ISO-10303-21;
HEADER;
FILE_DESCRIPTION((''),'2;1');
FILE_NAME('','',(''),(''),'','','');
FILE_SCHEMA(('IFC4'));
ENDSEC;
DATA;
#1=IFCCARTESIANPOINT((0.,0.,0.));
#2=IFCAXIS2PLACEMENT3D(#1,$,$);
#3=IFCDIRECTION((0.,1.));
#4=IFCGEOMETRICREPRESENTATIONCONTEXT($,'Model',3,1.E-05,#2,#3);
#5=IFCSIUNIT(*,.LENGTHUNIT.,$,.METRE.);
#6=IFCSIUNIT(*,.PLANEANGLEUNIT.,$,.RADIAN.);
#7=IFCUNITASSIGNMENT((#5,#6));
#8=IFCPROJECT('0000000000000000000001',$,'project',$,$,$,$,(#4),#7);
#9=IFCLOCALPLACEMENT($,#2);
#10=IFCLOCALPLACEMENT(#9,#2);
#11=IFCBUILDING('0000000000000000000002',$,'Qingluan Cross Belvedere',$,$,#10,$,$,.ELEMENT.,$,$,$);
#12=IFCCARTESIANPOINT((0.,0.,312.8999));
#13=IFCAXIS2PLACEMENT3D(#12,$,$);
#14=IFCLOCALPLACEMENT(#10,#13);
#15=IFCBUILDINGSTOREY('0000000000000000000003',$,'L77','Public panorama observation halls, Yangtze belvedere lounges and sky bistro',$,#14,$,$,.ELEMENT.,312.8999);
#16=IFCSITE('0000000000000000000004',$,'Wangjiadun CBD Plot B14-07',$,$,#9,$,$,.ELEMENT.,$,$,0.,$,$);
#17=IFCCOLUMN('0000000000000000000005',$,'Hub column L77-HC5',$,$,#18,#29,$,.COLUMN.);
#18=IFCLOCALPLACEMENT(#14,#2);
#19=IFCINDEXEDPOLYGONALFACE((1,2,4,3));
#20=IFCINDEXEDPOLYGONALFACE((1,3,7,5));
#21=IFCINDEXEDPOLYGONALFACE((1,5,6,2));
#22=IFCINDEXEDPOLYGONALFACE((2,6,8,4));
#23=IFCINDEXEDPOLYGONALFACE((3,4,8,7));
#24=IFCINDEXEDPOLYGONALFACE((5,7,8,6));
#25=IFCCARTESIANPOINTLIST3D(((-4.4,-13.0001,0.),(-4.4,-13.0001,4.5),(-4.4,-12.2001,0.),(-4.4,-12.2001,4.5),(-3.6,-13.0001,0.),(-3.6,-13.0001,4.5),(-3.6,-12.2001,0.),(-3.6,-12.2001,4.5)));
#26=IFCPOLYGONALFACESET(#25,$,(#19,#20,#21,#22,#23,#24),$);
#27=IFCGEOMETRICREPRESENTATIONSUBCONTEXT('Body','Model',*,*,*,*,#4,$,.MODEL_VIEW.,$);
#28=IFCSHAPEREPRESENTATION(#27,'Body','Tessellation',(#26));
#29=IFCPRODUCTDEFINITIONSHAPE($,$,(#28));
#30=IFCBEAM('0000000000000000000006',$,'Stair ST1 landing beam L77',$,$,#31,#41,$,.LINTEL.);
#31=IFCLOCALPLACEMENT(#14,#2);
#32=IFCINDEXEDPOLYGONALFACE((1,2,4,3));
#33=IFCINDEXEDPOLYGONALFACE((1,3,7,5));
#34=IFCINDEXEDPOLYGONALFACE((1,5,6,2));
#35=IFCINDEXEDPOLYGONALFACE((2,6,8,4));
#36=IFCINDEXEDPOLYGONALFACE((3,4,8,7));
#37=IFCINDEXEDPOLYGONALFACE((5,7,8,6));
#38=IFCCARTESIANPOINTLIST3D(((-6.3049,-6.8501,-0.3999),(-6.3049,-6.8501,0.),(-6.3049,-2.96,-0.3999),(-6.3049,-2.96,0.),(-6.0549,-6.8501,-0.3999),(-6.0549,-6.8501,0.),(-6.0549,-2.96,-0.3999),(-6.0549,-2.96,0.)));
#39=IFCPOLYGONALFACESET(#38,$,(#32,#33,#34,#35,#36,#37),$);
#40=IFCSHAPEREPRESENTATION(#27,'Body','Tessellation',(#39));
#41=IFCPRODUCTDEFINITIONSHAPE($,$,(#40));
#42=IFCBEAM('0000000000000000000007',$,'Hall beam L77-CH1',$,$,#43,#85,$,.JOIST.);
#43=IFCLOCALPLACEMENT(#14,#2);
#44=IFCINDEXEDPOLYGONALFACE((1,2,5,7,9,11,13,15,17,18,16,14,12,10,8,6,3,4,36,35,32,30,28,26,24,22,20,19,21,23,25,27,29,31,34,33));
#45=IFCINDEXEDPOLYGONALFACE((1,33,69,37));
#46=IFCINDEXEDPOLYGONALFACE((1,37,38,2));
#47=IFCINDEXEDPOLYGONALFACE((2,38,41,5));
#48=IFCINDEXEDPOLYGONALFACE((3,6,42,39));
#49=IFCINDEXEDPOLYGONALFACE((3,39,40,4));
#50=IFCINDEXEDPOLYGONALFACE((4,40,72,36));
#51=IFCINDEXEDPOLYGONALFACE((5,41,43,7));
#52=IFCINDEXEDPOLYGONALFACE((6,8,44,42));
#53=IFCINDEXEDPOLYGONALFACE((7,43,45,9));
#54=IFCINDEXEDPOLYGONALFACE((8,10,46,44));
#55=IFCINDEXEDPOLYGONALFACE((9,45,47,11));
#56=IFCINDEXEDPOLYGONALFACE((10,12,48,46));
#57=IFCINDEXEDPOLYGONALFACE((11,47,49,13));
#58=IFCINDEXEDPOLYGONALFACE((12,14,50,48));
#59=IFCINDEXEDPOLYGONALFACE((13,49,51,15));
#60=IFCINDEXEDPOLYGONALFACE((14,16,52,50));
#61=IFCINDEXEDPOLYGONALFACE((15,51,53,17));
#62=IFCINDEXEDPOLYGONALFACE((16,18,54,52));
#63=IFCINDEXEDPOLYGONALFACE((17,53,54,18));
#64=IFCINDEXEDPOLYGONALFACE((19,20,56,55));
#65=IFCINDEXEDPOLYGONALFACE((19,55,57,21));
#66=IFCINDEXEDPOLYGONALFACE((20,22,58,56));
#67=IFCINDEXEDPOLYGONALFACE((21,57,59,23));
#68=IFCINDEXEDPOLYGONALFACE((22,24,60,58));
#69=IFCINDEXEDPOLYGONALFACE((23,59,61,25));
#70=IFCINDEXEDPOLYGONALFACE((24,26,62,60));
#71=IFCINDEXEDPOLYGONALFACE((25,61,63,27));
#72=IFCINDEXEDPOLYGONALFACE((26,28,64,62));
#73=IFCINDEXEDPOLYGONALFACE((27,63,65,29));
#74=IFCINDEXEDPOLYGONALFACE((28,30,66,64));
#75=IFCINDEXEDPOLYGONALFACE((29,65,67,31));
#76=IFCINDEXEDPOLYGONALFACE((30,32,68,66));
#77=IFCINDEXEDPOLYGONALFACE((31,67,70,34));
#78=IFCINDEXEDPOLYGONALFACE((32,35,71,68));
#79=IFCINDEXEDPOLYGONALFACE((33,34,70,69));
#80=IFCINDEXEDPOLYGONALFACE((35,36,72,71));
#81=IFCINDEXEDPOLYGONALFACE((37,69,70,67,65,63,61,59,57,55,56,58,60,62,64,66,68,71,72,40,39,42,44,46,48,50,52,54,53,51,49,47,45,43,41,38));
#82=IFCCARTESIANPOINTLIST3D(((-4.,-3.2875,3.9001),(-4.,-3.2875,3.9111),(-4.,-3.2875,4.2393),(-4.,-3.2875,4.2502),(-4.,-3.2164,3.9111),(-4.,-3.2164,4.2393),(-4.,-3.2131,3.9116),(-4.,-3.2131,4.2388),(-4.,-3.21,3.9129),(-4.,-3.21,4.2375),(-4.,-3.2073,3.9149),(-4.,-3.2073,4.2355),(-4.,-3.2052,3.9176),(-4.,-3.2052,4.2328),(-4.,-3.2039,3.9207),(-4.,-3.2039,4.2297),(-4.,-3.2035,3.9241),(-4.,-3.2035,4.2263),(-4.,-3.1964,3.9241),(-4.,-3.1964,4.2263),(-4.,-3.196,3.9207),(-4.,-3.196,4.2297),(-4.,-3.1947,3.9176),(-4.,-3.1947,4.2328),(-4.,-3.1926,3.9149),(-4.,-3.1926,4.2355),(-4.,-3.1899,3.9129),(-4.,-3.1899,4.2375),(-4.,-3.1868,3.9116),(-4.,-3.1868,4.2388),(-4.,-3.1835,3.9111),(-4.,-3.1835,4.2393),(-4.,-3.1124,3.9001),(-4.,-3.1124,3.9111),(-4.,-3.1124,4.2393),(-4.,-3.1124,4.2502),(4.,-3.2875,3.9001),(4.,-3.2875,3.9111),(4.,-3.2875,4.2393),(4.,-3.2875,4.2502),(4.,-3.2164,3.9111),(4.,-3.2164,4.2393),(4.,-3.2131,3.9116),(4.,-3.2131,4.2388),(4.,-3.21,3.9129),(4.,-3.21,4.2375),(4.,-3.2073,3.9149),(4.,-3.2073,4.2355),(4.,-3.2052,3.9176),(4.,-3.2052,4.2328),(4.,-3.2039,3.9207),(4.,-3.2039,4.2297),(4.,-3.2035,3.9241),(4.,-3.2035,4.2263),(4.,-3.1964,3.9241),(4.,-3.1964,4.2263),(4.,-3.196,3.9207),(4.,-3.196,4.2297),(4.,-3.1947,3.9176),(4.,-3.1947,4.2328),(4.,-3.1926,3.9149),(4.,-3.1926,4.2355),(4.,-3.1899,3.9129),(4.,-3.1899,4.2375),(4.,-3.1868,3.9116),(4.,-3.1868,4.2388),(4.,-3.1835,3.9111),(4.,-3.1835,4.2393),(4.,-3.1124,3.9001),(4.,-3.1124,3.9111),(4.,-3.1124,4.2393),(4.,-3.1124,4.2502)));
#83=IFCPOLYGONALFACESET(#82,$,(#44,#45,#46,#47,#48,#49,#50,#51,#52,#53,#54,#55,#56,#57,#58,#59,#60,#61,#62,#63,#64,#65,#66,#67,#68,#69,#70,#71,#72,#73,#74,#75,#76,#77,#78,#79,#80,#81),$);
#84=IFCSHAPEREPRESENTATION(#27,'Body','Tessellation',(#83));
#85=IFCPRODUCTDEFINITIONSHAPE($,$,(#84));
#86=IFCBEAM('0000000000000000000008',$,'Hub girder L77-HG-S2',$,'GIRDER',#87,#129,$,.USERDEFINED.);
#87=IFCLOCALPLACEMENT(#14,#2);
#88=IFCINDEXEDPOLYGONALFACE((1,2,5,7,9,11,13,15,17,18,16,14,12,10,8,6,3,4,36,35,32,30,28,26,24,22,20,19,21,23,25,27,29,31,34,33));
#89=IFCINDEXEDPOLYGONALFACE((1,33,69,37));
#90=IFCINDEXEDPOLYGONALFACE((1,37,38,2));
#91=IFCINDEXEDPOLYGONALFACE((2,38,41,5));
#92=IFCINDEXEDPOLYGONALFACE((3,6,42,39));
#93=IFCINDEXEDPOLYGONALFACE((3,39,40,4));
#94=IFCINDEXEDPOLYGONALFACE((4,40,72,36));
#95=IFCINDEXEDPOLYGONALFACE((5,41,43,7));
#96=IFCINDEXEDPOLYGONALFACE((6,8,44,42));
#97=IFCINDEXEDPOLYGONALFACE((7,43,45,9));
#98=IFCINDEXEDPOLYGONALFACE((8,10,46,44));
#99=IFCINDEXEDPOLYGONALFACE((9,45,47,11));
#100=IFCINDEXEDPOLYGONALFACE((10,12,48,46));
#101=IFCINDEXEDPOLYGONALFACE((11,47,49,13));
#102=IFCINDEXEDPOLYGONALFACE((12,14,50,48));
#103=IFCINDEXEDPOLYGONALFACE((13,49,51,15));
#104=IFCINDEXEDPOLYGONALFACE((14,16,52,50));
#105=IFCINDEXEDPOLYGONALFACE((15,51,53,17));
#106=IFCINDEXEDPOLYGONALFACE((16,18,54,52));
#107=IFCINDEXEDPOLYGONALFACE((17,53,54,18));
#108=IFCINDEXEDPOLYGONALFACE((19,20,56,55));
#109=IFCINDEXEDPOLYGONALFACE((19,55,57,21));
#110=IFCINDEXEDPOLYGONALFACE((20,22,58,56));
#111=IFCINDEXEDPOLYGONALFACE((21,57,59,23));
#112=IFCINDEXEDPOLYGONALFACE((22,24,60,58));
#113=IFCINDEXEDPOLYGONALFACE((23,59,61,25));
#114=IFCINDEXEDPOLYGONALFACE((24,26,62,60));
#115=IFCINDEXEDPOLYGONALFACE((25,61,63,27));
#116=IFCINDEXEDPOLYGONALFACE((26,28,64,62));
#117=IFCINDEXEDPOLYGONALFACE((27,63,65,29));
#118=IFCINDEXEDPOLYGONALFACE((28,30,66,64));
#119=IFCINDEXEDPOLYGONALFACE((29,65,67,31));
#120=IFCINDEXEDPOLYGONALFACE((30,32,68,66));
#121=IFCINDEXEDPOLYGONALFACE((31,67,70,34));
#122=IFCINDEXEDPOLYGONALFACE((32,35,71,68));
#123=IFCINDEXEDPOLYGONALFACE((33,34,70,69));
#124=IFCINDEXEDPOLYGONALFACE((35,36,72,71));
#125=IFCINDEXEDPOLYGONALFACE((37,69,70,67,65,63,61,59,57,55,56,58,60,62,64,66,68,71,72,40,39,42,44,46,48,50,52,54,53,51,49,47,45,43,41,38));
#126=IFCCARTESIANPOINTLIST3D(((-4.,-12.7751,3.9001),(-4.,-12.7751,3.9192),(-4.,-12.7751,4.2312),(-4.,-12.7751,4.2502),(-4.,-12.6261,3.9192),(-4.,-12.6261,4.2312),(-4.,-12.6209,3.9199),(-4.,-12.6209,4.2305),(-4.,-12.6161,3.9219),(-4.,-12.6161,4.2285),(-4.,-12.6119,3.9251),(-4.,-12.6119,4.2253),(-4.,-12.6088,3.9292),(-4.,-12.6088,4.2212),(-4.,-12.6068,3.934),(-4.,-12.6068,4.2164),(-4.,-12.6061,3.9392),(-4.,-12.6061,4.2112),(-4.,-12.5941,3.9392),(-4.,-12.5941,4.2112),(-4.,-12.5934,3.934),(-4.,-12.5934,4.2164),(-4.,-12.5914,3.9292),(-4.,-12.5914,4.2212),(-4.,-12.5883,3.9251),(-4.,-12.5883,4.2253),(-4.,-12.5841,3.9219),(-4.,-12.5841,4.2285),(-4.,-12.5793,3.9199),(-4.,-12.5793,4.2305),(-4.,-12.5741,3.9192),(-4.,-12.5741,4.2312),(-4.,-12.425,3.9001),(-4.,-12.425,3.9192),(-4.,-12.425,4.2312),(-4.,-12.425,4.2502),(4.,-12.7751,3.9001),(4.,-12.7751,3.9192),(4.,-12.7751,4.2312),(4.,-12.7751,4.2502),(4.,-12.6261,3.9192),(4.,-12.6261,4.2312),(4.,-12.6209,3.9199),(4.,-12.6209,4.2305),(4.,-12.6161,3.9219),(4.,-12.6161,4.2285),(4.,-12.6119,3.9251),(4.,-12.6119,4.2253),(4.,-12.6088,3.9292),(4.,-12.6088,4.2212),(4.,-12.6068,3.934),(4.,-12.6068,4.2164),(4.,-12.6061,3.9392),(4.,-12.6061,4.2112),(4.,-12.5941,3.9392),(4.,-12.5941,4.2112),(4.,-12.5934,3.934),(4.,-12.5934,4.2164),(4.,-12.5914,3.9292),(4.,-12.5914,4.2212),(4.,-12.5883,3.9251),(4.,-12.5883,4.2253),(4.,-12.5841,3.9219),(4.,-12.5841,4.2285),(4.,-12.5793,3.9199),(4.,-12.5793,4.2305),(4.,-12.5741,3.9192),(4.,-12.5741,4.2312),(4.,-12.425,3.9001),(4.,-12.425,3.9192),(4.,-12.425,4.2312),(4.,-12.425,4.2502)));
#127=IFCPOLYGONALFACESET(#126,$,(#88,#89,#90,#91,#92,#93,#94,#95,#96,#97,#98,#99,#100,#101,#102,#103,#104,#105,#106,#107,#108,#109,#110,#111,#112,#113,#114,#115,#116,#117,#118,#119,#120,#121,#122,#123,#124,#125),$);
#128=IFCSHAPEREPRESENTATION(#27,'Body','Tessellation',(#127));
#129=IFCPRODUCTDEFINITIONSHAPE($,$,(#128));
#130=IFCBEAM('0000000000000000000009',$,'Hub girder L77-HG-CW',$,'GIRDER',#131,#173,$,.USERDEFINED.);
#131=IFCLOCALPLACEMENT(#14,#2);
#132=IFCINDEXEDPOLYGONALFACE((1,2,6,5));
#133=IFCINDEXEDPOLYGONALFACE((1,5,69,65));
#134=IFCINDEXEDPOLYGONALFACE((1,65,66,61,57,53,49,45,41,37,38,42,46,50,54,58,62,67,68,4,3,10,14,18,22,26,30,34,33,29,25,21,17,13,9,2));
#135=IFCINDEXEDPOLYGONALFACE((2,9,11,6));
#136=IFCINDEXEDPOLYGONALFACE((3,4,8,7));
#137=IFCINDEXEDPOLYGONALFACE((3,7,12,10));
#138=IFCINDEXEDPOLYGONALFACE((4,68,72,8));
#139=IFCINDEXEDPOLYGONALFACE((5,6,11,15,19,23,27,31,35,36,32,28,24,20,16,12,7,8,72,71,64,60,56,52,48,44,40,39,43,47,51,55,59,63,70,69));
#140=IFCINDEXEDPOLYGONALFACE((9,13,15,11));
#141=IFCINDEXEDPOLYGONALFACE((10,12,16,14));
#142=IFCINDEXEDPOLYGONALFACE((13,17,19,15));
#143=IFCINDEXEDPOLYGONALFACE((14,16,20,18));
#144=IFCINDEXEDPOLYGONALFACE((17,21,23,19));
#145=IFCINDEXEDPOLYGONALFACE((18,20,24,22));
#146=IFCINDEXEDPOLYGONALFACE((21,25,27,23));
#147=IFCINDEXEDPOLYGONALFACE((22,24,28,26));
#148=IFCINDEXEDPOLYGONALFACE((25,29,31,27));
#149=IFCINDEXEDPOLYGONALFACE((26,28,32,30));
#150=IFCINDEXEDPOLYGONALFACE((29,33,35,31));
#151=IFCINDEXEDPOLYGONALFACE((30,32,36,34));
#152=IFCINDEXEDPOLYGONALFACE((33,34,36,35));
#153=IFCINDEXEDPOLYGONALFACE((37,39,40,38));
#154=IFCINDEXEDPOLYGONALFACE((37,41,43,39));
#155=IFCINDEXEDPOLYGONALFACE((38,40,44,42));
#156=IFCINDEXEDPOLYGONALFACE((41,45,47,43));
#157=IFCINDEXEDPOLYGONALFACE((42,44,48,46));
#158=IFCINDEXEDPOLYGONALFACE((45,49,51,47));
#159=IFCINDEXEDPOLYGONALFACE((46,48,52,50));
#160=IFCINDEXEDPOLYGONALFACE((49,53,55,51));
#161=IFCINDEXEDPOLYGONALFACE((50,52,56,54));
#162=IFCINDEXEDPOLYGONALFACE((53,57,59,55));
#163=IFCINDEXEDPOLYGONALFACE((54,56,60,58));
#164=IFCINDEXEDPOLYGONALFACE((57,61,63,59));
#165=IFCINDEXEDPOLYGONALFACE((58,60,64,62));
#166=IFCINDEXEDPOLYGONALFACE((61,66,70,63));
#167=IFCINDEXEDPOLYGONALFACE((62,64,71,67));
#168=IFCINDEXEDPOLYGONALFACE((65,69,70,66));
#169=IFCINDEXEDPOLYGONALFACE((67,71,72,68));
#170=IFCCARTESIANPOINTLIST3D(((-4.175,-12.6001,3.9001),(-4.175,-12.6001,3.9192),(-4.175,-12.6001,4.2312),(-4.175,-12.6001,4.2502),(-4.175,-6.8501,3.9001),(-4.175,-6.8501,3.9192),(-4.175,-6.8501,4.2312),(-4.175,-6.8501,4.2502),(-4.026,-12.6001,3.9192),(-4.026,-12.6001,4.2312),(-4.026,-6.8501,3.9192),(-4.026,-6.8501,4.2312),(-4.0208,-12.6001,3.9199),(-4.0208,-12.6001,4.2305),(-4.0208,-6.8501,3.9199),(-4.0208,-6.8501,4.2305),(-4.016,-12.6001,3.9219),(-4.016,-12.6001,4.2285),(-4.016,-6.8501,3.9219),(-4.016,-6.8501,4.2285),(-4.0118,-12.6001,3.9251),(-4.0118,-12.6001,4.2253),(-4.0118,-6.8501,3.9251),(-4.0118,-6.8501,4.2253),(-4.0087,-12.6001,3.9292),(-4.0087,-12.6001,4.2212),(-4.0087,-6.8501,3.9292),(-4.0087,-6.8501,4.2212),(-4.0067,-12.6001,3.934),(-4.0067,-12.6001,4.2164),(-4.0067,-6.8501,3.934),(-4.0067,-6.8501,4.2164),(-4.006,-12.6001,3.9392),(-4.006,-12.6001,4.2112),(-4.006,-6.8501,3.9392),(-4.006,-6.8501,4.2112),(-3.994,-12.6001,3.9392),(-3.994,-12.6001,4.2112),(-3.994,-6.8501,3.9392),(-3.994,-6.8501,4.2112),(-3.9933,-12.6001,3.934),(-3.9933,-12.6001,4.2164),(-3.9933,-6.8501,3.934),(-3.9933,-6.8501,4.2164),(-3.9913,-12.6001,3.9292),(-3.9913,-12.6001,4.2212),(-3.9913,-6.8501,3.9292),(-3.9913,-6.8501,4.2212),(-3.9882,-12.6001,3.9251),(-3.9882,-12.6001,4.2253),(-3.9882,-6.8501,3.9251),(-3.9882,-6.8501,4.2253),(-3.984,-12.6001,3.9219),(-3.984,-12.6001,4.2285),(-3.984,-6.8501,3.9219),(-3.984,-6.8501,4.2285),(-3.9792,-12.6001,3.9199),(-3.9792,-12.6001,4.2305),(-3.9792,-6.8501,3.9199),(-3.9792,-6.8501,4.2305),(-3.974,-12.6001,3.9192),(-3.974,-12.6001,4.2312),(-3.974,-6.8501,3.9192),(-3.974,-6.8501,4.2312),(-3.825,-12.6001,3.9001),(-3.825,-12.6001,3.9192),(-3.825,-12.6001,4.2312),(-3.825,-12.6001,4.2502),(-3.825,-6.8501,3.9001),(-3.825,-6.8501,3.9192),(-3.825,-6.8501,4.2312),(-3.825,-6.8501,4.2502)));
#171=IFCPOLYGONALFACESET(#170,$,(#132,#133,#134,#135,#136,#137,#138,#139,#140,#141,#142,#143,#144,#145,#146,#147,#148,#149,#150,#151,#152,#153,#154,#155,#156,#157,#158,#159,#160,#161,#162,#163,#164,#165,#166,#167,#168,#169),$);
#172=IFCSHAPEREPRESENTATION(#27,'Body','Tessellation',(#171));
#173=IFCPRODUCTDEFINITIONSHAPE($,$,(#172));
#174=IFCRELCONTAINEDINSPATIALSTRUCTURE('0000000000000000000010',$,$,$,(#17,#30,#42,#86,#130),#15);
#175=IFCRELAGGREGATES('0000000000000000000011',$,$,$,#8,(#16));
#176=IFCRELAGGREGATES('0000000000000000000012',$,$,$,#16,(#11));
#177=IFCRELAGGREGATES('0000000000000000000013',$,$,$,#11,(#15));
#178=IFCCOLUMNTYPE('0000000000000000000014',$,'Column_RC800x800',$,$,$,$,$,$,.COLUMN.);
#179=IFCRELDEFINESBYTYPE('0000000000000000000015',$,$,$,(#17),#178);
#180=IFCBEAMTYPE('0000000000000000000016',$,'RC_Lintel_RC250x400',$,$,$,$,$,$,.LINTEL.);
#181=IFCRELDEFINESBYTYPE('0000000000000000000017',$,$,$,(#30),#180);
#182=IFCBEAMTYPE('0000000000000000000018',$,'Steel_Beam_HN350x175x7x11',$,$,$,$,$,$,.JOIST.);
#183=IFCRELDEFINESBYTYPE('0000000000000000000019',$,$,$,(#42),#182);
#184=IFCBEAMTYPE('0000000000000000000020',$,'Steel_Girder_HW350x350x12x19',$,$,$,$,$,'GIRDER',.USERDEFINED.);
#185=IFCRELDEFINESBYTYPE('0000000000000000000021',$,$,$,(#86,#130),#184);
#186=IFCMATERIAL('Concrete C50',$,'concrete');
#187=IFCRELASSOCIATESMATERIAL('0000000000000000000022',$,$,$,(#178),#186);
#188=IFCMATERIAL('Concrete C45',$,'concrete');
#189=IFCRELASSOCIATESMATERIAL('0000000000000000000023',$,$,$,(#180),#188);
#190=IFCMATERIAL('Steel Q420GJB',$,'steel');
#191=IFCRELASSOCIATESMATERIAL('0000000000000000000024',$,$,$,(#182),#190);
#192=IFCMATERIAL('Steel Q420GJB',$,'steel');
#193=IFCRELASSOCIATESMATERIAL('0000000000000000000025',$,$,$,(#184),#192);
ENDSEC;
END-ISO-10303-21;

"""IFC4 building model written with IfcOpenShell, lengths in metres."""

from ifc_helpers import new_model, si_unit, direction, frame, origin, origin_2d, place, context, subcontext, project, spatial, rectangle, i_section, extrude, material, material_profile, profile_set, type_object, element, save


model = new_model("IFC4")

# Units and contexts
model_context = context("Model", 3, precision=1e-05, world=origin(), true_north=direction((0.0, 1.0)))
body_context = subcontext(model_context, "Body", "Model", "MODEL_VIEW")
ifc_project = project(units=[si_unit("LENGTHUNIT", "METRE"), si_unit("PLANEANGLEUNIT", "RADIAN")], contexts=[model_context])

# Site, building, storey
site_placement = place(None, origin())
site = spatial("IfcSite", under=ifc_project, at=site_placement, Name="Wangjiadun CBD Plot B14-07", CompositionType="ELEMENT", RefElevation=0.0)
building_placement = place(site_placement, origin())
building = spatial("IfcBuilding", under=site, at=building_placement, Name="Qingluan Cross Belvedere", CompositionType="ELEMENT")
storey_placement = place(building_placement, frame((0.0, 0.0, 312.8999)))
storey = spatial("IfcBuildingStorey", under=building, at=storey_placement, Name="L77", Description="Public panorama observation halls, Yangtze belvedere lounges and sky bistro", CompositionType="ELEMENT", Elevation=312.8999)

# Column
ifc_material_1 = material(Name="Concrete C50", Category="concrete")
ifc_material_profile_1 = material_profile(ifc_material_1, rectangle(XDim=0.8, YDim=0.8, at=origin_2d()), Name="RC800x800")
ifc_profile_set_1 = profile_set([ifc_material_profile_1], Name="Concrete C50")
column_type = type_object("IfcColumnType", Name="Column_RC800x800", PredefinedType="COLUMN", material=ifc_profile_set_1)
column_placement = place(storey_placement, frame((-4.0, -12.6001, 0.0), z_axis=(0.0, 0.0, 1.0), x_axis=(1.0, 0.0, 0.0)))
element("IfcColumn", 1, at=column_placement, inside=storey, type_object=column_type, Name="Hub column L77-HC5", PredefinedType="COLUMN", context=body_context, shape_type="SweptSolid", body=[
    extrude(rectangle(XDim=0.8, YDim=0.8, at=origin_2d()), origin(), (0.0, 0.0, 1.0), 4.5),
])

# Beams
ifc_material_2 = material(Name="Concrete C45", Category="concrete")
ifc_material_profile_2 = material_profile(ifc_material_2, rectangle(XDim=0.25, YDim=0.3999, at=origin_2d()), Name="RC250x400")
ifc_profile_set_2 = profile_set([ifc_material_profile_2], Name="Concrete C45")
beam_type_1 = type_object("IfcBeamType", Name="RC_Lintel_RC250x400", PredefinedType="LINTEL", material=ifc_profile_set_2)
beam_1_placement = place(storey_placement, frame((-6.1799, -6.8501, -0.2), z_axis=(0.0, 1.0, 0.0), x_axis=(-1.0, 0.0, 0.0)))
element("IfcBeam", 2, at=beam_1_placement, inside=storey, type_object=beam_type_1, Name="Stair ST1 landing beam L77", PredefinedType="LINTEL", context=body_context, shape_type="SweptSolid", body=[
    extrude(rectangle(XDim=0.25, YDim=0.3999, at=origin_2d()), origin(), (0.0, 0.0, 1.0), 3.8901),
])
ifc_material_3 = material(Name="Steel Q420GJB", Category="steel")
ifc_material_profile_3 = material_profile(ifc_material_3, i_section(OverallWidth=0.175, OverallDepth=0.3501, WebThickness=0.0071, FlangeThickness=0.011, FilletRadius=0.0129, at=origin_2d()), Name="HN350x175x7x11")
ifc_profile_set_3 = profile_set([ifc_material_profile_3], Name="Steel Q420GJB")
beam_type_2 = type_object("IfcBeamType", Name="Steel_Beam_HN350x175x7x11", PredefinedType="JOIST", material=ifc_profile_set_3)
beam_2_placement = place(storey_placement, frame((-4.0, -3.2, 4.0752), z_axis=(1.0, 0.0, 0.0), x_axis=(0.0, 1.0, 0.0)))
element("IfcBeam", 3, at=beam_2_placement, inside=storey, type_object=beam_type_2, Name="Hall beam L77-CH1", PredefinedType="JOIST", context=body_context, shape_type="SweptSolid", body=[
    extrude(i_section(OverallWidth=0.175, OverallDepth=0.3501, WebThickness=0.0071, FlangeThickness=0.011, FilletRadius=0.0129, at=origin_2d()), origin(), (0.0, 0.0, 1.0), 8.0),
])
ifc_material_4 = material(Name="Steel Q420GJB", Category="steel")
ifc_material_profile_4 = material_profile(ifc_material_4, i_section(OverallWidth=0.3501, OverallDepth=0.3501, WebThickness=0.012, FlangeThickness=0.019, FilletRadius=0.02, at=origin_2d()), Name="HW350x350x12x19")
ifc_profile_set_4 = profile_set([ifc_material_profile_4], Name="Steel Q420GJB")
beam_type_3 = type_object("IfcBeamType", Name="Steel_Girder_HW350x350x12x19", ElementType="GIRDER", PredefinedType="USERDEFINED", material=ifc_profile_set_4)
beam_3_placement = place(storey_placement, frame((-4.0, -12.6001, 4.0752), z_axis=(1.0, 0.0, 0.0), x_axis=(0.0, 1.0, 0.0)))
element("IfcBeam", 4, at=beam_3_placement, inside=storey, type_object=beam_type_3, Name="Hub girder L77-HG-S2", ObjectType="GIRDER", PredefinedType="USERDEFINED", context=body_context, shape_type="SweptSolid", body=[
    extrude(i_section(OverallWidth=0.3501, OverallDepth=0.3501, WebThickness=0.012, FlangeThickness=0.019, FilletRadius=0.02, at=origin_2d()), origin(), (0.0, 0.0, 1.0), 8.0),
])
beam_4_placement = place(storey_placement, frame((-4.0, -12.6001, 4.0752), z_axis=(0.0, 1.0, 0.0), x_axis=(-1.0, 0.0, 0.0)))
element("IfcBeam", 5, at=beam_4_placement, inside=storey, type_object=beam_type_3, Name="Hub girder L77-HG-CW", ObjectType="GIRDER", PredefinedType="USERDEFINED", context=body_context, shape_type="SweptSolid", body=[
    extrude(i_section(OverallWidth=0.3501, OverallDepth=0.3501, WebThickness=0.012, FlangeThickness=0.019, FilletRadius=0.02, at=origin_2d()), origin(), (0.0, 0.0, 1.0), 5.75),
])

save(model, "model.ifc")
